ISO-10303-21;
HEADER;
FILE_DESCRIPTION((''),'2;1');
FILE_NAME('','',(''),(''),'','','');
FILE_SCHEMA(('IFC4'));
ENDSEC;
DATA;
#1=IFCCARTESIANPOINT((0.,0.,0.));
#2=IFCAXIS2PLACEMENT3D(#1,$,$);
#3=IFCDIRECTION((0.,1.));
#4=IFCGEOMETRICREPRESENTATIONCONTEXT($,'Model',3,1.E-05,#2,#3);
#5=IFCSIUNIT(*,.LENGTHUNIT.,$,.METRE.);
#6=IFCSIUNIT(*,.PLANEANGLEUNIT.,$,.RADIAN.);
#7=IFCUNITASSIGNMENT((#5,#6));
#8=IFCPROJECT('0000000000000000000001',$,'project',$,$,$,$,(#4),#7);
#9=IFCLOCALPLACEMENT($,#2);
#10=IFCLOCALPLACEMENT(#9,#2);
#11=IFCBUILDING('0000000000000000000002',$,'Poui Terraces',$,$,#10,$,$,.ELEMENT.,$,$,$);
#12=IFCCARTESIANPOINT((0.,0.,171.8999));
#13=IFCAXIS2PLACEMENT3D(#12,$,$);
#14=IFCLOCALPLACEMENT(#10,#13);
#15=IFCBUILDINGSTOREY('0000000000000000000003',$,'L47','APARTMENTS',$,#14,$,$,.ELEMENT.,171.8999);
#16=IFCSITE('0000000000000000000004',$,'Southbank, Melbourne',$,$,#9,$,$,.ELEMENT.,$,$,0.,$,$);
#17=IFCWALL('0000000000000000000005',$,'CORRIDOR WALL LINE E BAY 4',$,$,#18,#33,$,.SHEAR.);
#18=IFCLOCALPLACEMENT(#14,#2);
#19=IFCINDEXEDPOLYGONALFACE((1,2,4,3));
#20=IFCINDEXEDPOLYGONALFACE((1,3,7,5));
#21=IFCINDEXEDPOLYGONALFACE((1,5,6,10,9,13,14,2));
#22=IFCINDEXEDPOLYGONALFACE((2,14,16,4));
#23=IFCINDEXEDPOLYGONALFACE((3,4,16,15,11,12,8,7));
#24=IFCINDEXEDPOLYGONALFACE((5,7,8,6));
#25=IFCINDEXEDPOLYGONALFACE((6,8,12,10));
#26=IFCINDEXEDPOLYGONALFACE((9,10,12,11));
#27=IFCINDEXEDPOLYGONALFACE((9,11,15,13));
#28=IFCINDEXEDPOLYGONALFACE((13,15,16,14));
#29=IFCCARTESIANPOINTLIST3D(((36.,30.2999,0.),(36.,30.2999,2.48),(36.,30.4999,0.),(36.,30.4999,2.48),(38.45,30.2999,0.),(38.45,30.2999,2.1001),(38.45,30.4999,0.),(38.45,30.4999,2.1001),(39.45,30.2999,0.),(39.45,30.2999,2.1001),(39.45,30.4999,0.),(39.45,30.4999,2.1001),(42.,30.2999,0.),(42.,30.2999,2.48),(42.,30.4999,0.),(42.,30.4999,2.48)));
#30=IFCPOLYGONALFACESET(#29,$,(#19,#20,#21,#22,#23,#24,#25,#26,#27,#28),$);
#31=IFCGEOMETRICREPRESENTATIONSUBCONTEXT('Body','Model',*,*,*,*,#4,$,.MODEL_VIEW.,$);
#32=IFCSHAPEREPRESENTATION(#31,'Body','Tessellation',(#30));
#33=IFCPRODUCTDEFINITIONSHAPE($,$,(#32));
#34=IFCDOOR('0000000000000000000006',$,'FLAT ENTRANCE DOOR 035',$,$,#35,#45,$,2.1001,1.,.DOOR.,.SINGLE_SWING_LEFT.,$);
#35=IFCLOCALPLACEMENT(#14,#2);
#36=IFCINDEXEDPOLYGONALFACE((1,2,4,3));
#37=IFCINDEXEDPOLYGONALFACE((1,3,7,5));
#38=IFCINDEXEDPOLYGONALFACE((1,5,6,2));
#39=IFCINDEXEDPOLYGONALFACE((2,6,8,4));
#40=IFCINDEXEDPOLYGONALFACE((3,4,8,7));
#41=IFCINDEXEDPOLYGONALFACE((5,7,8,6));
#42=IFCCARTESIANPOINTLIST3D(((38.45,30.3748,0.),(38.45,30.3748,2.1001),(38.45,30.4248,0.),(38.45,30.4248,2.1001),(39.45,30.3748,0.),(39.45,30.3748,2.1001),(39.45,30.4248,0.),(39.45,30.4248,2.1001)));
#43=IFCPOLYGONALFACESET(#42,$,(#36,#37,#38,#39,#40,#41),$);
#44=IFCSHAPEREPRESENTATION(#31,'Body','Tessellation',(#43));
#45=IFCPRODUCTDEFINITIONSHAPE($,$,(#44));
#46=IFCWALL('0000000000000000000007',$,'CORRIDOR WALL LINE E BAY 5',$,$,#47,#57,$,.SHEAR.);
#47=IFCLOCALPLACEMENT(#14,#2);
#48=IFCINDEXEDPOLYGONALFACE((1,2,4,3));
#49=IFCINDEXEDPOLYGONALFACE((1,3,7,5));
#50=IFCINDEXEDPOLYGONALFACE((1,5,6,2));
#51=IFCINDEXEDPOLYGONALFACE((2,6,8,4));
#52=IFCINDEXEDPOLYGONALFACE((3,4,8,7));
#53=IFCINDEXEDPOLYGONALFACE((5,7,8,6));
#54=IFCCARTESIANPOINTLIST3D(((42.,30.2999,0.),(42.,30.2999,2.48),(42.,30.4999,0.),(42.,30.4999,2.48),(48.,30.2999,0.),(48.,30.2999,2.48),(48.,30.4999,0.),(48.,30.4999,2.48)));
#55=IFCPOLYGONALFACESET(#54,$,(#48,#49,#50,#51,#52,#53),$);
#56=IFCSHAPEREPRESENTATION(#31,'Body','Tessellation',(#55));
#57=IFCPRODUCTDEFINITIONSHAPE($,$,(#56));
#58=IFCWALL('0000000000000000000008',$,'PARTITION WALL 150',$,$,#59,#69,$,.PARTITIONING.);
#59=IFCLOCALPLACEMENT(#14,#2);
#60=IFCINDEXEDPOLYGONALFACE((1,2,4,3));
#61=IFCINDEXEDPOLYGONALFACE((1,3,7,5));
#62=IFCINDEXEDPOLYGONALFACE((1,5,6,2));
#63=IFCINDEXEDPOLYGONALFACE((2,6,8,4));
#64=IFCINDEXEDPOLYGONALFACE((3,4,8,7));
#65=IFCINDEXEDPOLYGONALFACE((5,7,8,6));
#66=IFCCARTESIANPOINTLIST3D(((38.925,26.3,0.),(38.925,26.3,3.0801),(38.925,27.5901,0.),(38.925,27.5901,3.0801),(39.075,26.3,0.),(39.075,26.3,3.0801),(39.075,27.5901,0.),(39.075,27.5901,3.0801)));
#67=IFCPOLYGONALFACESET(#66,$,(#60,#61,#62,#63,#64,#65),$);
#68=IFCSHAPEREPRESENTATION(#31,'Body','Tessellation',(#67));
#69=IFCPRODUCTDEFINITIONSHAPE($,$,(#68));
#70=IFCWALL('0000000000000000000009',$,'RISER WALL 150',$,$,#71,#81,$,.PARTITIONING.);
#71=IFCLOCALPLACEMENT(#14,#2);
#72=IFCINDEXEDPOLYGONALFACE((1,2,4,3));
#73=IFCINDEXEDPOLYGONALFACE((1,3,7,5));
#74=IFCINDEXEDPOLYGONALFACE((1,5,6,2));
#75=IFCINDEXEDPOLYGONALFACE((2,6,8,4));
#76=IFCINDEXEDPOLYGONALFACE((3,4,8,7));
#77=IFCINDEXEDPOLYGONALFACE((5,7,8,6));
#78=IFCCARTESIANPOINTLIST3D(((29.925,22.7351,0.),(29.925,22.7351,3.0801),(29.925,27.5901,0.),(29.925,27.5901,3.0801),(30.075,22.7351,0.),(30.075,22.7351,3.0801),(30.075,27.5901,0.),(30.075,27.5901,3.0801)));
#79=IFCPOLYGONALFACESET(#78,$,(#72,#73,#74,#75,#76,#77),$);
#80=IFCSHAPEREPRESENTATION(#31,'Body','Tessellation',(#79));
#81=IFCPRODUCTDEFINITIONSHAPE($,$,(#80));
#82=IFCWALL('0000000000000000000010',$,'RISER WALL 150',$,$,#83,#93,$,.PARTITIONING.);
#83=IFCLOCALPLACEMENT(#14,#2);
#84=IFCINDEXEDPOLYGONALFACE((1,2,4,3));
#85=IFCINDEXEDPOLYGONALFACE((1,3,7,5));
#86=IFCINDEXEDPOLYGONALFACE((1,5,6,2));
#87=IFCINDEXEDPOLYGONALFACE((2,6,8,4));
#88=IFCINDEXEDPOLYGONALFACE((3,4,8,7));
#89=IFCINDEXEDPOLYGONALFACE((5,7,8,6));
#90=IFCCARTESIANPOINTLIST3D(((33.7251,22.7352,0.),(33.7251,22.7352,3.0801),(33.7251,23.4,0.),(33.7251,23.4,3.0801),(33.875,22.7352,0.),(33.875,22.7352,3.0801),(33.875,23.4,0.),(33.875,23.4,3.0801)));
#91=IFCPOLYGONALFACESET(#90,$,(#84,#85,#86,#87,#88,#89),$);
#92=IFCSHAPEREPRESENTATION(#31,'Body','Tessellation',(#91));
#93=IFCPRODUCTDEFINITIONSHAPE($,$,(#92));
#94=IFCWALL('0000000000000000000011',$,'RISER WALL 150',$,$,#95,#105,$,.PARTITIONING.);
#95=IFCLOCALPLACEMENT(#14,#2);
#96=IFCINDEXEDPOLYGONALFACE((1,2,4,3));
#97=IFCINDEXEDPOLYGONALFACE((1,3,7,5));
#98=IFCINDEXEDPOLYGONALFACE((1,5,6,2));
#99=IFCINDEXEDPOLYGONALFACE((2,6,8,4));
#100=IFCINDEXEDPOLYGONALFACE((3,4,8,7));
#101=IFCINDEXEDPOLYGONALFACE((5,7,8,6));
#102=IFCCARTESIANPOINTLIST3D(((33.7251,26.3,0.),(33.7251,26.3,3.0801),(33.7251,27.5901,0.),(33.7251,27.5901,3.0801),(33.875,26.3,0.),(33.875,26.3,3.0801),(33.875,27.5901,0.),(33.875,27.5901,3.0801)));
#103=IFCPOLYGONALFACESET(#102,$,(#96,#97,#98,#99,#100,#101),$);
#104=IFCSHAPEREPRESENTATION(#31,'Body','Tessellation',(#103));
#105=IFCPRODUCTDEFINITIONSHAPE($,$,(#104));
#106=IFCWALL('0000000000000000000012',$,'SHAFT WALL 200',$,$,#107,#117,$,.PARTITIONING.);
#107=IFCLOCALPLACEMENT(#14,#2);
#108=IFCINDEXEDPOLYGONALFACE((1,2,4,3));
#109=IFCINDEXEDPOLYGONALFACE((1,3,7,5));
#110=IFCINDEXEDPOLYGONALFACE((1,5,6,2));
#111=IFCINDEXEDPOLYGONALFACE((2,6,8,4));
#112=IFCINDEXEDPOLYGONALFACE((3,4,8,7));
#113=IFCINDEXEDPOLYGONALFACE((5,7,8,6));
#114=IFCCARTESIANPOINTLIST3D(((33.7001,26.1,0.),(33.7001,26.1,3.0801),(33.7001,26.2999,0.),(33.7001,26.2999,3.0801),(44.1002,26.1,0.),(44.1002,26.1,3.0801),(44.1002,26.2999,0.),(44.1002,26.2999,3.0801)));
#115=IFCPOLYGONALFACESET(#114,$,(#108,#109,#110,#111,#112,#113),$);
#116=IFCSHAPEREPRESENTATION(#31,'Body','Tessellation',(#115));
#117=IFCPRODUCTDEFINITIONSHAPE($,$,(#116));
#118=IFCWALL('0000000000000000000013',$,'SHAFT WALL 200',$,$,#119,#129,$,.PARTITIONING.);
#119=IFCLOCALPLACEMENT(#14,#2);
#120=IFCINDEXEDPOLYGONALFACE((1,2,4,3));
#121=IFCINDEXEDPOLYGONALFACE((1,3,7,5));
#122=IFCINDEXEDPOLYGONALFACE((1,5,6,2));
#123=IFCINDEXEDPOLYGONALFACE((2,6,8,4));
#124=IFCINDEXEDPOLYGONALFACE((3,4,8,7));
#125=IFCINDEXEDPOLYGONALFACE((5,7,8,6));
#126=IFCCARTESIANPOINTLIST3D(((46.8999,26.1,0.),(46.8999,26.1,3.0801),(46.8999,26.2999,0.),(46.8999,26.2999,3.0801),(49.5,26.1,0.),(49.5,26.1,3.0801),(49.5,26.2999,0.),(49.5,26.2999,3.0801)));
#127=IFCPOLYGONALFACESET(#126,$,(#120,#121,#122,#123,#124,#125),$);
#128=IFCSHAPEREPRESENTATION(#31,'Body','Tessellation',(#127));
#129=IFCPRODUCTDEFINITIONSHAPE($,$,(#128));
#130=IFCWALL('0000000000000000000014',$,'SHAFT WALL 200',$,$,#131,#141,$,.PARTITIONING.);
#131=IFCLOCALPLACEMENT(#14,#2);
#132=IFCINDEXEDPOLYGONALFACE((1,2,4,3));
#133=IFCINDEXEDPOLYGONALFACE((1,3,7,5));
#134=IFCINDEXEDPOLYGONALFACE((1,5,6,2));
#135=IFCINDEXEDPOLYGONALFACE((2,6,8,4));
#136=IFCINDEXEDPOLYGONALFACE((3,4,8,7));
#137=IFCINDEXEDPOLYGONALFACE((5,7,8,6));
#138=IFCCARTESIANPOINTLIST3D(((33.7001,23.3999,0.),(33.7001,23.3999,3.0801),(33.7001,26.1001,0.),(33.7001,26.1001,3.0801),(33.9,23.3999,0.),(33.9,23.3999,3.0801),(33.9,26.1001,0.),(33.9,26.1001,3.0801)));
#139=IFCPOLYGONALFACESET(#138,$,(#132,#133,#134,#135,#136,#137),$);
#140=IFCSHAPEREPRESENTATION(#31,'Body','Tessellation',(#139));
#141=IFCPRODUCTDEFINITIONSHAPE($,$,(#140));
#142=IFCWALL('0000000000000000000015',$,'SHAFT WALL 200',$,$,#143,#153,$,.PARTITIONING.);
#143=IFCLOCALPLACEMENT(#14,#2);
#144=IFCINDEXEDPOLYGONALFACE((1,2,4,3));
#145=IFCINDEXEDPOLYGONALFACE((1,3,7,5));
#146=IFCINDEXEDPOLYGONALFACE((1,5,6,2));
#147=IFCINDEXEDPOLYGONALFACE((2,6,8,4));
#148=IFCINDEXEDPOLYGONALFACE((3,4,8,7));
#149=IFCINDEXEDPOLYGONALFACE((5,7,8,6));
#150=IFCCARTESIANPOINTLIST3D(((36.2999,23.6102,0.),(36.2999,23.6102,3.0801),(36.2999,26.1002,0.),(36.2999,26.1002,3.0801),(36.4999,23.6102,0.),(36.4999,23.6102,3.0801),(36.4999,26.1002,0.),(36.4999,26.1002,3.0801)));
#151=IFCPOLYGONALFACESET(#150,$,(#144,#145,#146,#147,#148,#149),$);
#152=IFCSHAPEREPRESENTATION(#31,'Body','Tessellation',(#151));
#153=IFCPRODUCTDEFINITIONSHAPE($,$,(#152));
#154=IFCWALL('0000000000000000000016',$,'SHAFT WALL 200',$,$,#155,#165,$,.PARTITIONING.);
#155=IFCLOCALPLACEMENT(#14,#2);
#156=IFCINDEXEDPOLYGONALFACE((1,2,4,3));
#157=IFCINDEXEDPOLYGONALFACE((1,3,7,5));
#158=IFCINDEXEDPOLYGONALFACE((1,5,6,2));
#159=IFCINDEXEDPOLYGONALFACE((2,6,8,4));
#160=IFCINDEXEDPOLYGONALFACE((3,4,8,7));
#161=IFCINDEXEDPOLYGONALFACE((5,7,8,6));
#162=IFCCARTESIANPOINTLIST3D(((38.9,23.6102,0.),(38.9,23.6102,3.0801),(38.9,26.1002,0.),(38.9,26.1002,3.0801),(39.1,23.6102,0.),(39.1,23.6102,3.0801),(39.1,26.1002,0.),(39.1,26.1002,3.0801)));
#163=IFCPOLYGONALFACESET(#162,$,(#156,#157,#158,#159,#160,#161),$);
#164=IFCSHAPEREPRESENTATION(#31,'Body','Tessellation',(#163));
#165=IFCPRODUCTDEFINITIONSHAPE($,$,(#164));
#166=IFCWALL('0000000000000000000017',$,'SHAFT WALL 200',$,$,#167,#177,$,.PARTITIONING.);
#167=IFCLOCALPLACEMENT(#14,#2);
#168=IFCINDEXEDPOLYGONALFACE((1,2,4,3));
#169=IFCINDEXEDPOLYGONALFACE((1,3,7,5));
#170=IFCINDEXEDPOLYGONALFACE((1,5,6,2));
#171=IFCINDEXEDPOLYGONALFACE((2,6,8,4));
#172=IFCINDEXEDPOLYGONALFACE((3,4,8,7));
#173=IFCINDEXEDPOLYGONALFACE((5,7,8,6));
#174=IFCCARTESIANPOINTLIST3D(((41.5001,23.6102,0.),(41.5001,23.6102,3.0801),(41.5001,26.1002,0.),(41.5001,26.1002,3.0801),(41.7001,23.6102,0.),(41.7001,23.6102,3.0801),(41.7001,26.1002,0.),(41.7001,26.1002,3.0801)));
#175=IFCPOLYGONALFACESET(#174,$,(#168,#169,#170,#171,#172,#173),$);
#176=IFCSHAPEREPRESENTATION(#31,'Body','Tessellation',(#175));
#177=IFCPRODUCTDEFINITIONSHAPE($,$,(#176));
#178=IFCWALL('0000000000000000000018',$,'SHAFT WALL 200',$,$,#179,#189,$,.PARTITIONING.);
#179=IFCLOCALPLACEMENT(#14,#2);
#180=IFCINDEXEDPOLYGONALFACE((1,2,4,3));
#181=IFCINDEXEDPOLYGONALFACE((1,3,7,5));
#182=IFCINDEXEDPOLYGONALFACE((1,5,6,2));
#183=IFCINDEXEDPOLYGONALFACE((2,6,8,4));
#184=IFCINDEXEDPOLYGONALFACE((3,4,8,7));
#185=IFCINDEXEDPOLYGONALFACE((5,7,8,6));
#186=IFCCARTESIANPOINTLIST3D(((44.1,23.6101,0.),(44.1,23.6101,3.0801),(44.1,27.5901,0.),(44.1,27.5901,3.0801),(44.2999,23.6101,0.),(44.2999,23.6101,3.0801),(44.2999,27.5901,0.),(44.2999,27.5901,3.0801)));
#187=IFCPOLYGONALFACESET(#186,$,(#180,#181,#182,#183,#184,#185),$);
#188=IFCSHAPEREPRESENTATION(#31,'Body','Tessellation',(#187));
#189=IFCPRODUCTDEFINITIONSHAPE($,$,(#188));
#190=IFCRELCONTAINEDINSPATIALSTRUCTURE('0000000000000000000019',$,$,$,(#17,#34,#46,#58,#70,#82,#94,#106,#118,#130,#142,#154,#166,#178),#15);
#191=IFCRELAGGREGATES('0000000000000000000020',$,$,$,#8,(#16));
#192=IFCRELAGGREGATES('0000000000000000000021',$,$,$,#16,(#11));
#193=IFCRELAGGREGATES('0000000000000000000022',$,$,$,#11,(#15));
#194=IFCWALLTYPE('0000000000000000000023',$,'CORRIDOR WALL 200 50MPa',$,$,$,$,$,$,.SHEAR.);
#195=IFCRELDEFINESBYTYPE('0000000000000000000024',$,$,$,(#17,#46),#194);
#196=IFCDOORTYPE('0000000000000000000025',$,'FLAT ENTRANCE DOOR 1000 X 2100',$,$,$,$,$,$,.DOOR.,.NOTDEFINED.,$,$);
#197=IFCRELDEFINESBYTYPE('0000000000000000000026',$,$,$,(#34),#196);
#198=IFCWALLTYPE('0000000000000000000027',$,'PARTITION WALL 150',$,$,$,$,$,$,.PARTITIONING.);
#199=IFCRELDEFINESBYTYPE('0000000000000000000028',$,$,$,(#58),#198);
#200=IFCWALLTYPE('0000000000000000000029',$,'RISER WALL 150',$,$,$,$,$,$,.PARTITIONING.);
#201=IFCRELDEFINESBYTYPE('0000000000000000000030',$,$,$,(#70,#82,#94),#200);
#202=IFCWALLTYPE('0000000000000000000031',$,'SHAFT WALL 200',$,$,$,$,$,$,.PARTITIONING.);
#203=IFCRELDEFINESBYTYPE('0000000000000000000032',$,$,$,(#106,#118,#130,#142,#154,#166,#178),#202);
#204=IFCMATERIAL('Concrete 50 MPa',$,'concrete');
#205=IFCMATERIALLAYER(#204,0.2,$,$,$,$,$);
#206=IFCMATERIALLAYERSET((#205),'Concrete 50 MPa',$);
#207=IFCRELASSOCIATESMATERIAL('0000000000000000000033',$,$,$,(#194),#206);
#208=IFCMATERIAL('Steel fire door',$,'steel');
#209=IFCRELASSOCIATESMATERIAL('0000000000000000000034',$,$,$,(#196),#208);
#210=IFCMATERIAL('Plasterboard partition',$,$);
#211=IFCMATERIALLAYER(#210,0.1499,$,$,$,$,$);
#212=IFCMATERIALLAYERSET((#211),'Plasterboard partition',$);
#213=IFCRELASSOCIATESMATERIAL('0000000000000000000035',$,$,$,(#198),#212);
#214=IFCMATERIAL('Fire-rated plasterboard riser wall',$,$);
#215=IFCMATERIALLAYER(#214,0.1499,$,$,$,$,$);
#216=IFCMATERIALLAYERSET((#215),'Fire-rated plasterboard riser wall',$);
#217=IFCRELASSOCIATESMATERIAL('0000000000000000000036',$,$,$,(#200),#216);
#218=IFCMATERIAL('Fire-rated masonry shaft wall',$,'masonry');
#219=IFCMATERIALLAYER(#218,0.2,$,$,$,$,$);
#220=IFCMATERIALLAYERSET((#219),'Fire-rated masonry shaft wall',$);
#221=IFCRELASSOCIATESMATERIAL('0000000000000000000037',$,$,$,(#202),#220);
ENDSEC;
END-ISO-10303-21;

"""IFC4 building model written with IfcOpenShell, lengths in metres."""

from ifc_helpers import new_model, si_unit, direction, frame, frame_2d, origin, place, context, subcontext, project, spatial, rectangle, extrude, material, layer, layer_set, type_object, element, fill, save


model = new_model("IFC4")

# Units and contexts
model_context = context("Model", 3, precision=1e-05, world=origin(), true_north=direction((0.0, 1.0)))
body_context = subcontext(model_context, "Body", "Model", "MODEL_VIEW")
ifc_project = project(units=[si_unit("LENGTHUNIT", "METRE"), si_unit("PLANEANGLEUNIT", "RADIAN")], contexts=[model_context])

# Site, building, storey
site_placement = place(None, origin())
site = spatial("IfcSite", under=ifc_project, at=site_placement, Name="Southbank, Melbourne", CompositionType="ELEMENT", RefElevation=0.0)
building_placement = place(site_placement, origin())
building = spatial("IfcBuilding", under=site, at=building_placement, Name="Poui Terraces", CompositionType="ELEMENT")
storey_placement = place(building_placement, frame((0.0, 0.0, 171.8999)))
storey = spatial("IfcBuildingStorey", under=building, at=storey_placement, Name="L47", Description="APARTMENTS", CompositionType="ELEMENT", Elevation=171.8999)

# Shared definitions
ifc_material_1 = material(Name="Concrete 50 MPa", Category="concrete")

# Shared definitions
ifc_material_2 = material(Name="Steel fire door", Category="steel")

# Wall, opening, door
ifc_layer_1 = layer(ifc_material_1, 0.2)
ifc_layer_set_1 = layer_set([ifc_layer_1], Name="Concrete 50 MPa")
wall_type_1 = type_object("IfcWallType", Name="CORRIDOR WALL 200 50MPa", PredefinedType="SHEAR", material=ifc_layer_set_1)
wall_1_placement = place(storey_placement, frame((36.0, 30.3999, 0.0), z_axis=(0.0, 0.0, 1.0), x_axis=(1.0, 0.0, 0.0)))
wall_1 = element("IfcWall", 1, at=wall_1_placement, inside=storey, type_object=wall_type_1, Name="CORRIDOR WALL LINE E BAY 4", PredefinedType="SHEAR", context=body_context, shape_type="SweptSolid", body=[
    extrude(rectangle(XDim=6.0, YDim=0.2, at=frame_2d((3.0, 0.0))), origin(), (0.0, 0.0, 1.0), 2.48),
])
opening_1_placement = place(wall_1_placement, frame((2.45, 0.0, 0.0)))
opening_1 = element("IfcOpeningElement", 2, at=opening_1_placement, cuts=wall_1, PredefinedType="OPENING", context=body_context, shape_type="SweptSolid", body=[
    extrude(rectangle(XDim=1.0, YDim=2.1001, at=frame_2d((0.5, 1.05))), frame((0.0, 0.1099, 0.0), z_axis=(0.0, -1.0, 0.0), x_axis=(1.0, 0.0, 0.0)), (0.0, 0.0, 1.0), 0.22),
])
door_type_1 = type_object("IfcDoorType", Name="FLAT ENTRANCE DOOR 1000 X 2100", OperationType="NOTDEFINED", PredefinedType="DOOR", material=ifc_material_2)
door_1_placement = place(opening_1_placement, origin())
door_1 = element("IfcDoor", 3, at=door_1_placement, inside=storey, type_object=door_type_1, Name="FLAT ENTRANCE DOOR 035", OperationType="SINGLE_SWING_LEFT", OverallHeight=2.1001, OverallWidth=1.0, PredefinedType="DOOR", context=body_context, shape_type="SweptSolid", body=[
    extrude(rectangle(XDim=1.0, YDim=2.1001, at=frame_2d((0.5, 1.05))), frame((0.0, 0.0249, 0.0), z_axis=(0.0, -1.0, 0.0), x_axis=(1.0, 0.0, 0.0)), (0.0, 0.0, 1.0), 0.05),
])
fill(opening_1, door_1)

# Walls
wall_2_placement = place(storey_placement, frame((42.0, 30.3999, 0.0), z_axis=(0.0, 0.0, 1.0), x_axis=(1.0, 0.0, 0.0)))
element("IfcWall", 4, at=wall_2_placement, inside=storey, type_object=wall_type_1, Name="CORRIDOR WALL LINE E BAY 5", PredefinedType="SHEAR", context=body_context, shape_type="SweptSolid", body=[
    extrude(rectangle(XDim=6.0, YDim=0.2, at=frame_2d((3.0, 0.0))), origin(), (0.0, 0.0, 1.0), 2.48),
])
ifc_material_3 = material(Name="Plasterboard partition")
ifc_layer_2 = layer(ifc_material_3, 0.1499)
ifc_layer_set_2 = layer_set([ifc_layer_2], Name="Plasterboard partition")
wall_type_2 = type_object("IfcWallType", Name="PARTITION WALL 150", PredefinedType="PARTITIONING", material=ifc_layer_set_2)
wall_3_placement = place(storey_placement, frame((39.0, 26.3, 0.0), z_axis=(0.0, 0.0, 1.0), x_axis=(0.0, 1.0, 0.0)))
element("IfcWall", 5, at=wall_3_placement, inside=storey, type_object=wall_type_2, Name="PARTITION WALL 150", PredefinedType="PARTITIONING", context=body_context, shape_type="SweptSolid", body=[
    extrude(rectangle(XDim=1.29, YDim=0.1499, at=frame_2d((0.645, 0.0))), origin(), (0.0, 0.0, 1.0), 3.0801),
])
ifc_material_4 = material(Name="Fire-rated plasterboard riser wall")
ifc_layer_3 = layer(ifc_material_4, 0.1499)
ifc_layer_set_3 = layer_set([ifc_layer_3], Name="Fire-rated plasterboard riser wall")
wall_type_3 = type_object("IfcWallType", Name="RISER WALL 150", PredefinedType="PARTITIONING", material=ifc_layer_set_3)
wall_4_placement = place(storey_placement, frame((30.0, 22.7351, 0.0), z_axis=(0.0, 0.0, 1.0), x_axis=(0.0, 1.0, 0.0)))
element("IfcWall", 6, at=wall_4_placement, inside=storey, type_object=wall_type_3, Name="RISER WALL 150", PredefinedType="PARTITIONING", context=body_context, shape_type="SweptSolid", body=[
    extrude(rectangle(XDim=4.855, YDim=0.1499, at=frame_2d((2.4275, 0.0))), origin(), (0.0, 0.0, 1.0), 3.0801),
])
wall_5_placement = place(storey_placement, frame((33.8, 22.7351, 0.0), z_axis=(0.0, 0.0, 1.0), x_axis=(0.0, 1.0, 0.0)))
element("IfcWall", 7, at=wall_5_placement, inside=storey, type_object=wall_type_3, Name="RISER WALL 150", PredefinedType="PARTITIONING", context=body_context, shape_type="SweptSolid", body=[
    extrude(rectangle(XDim=0.6648, YDim=0.1499, at=frame_2d((0.3325, 0.0))), origin(), (0.0, 0.0, 1.0), 3.0801),
])
wall_6_placement = place(storey_placement, frame((33.8, 26.3, 0.0), z_axis=(0.0, 0.0, 1.0), x_axis=(0.0, 1.0, 0.0)))
element("IfcWall", 8, at=wall_6_placement, inside=storey, type_object=wall_type_3, Name="RISER WALL 150", PredefinedType="PARTITIONING", context=body_context, shape_type="SweptSolid", body=[
    extrude(rectangle(XDim=1.29, YDim=0.1499, at=frame_2d((0.645, 0.0))), origin(), (0.0, 0.0, 1.0), 3.0801),
])
ifc_material_5 = material(Name="Fire-rated masonry shaft wall", Category="masonry")
ifc_layer_4 = layer(ifc_material_5, 0.2)
ifc_layer_set_4 = layer_set([ifc_layer_4], Name="Fire-rated masonry shaft wall")
wall_type_4 = type_object("IfcWallType", Name="SHAFT WALL 200", PredefinedType="PARTITIONING", material=ifc_layer_set_4)
wall_7_placement = place(storey_placement, frame((33.7, 26.2, 0.0), z_axis=(0.0, 0.0, 1.0), x_axis=(1.0, 0.0, 0.0)))
element("IfcWall", 9, at=wall_7_placement, inside=storey, type_object=wall_type_4, Name="SHAFT WALL 200", PredefinedType="PARTITIONING", context=body_context, shape_type="SweptSolid", body=[
    extrude(rectangle(XDim=10.4001, YDim=0.2, at=frame_2d((5.2002, 0.0))), origin(), (0.0, 0.0, 1.0), 3.0801),
])
wall_8_placement = place(storey_placement, frame((46.8999, 26.2, 0.0), z_axis=(0.0, 0.0, 1.0), x_axis=(1.0, 0.0, 0.0)))
element("IfcWall", 10, at=wall_8_placement, inside=storey, type_object=wall_type_4, Name="SHAFT WALL 200", PredefinedType="PARTITIONING", context=body_context, shape_type="SweptSolid", body=[
    extrude(rectangle(XDim=2.6001, YDim=0.2, at=frame_2d((1.3, 0.0))), origin(), (0.0, 0.0, 1.0), 3.0801),
])
wall_9_placement = place(storey_placement, frame((33.8, 23.3999, 0.0), z_axis=(0.0, 0.0, 1.0), x_axis=(0.0, 1.0, 0.0)))
element("IfcWall", 11, at=wall_9_placement, inside=storey, type_object=wall_type_4, Name="SHAFT WALL 200", PredefinedType="PARTITIONING", context=body_context, shape_type="SweptSolid", body=[
    extrude(rectangle(XDim=2.7002, YDim=0.2, at=frame_2d((1.3501, 0.0))), origin(), (0.0, 0.0, 1.0), 3.0801),
])
for number, where, z_axis, x_axis, name in (
    (12, (36.3999, 23.6101, 0.0), (0.0, 0.0, 1.0), (0.0, 1.0, 0.0), "SHAFT WALL 200"),
    (13, (39.0, 23.6101, 0.0), (0.0, 0.0, 1.0), (0.0, 1.0, 0.0), "SHAFT WALL 200"),
    (14, (41.6001, 23.6101, 0.0), (0.0, 0.0, 1.0), (0.0, 1.0, 0.0), "SHAFT WALL 200"),
):
    element("IfcWall", number, at=place(storey_placement, frame(where, z_axis=z_axis, x_axis=x_axis)), inside=storey, type_object=wall_type_4, Name=name, PredefinedType="PARTITIONING", context=body_context, shape_type="SweptSolid", body=[
        extrude(rectangle(XDim=2.49, YDim=0.2, at=frame_2d((1.2451, 0.0))), origin(), (0.0, 0.0, 1.0), 3.0801),
    ])
for number, where, z_axis, x_axis, name in (
    (15, (44.2, 23.6101, 0.0), (0.0, 0.0, 1.0), (0.0, 1.0, 0.0), "SHAFT WALL 200"),
):
    element("IfcWall", number, at=place(storey_placement, frame(where, z_axis=z_axis, x_axis=x_axis)), inside=storey, type_object=wall_type_4, Name=name, PredefinedType="PARTITIONING", context=body_context, shape_type="SweptSolid", body=[
        extrude(rectangle(XDim=3.98, YDim=0.2, at=frame_2d((1.99, 0.0))), origin(), (0.0, 0.0, 1.0), 3.0801),
    ])

save(model, "model.ifc")
